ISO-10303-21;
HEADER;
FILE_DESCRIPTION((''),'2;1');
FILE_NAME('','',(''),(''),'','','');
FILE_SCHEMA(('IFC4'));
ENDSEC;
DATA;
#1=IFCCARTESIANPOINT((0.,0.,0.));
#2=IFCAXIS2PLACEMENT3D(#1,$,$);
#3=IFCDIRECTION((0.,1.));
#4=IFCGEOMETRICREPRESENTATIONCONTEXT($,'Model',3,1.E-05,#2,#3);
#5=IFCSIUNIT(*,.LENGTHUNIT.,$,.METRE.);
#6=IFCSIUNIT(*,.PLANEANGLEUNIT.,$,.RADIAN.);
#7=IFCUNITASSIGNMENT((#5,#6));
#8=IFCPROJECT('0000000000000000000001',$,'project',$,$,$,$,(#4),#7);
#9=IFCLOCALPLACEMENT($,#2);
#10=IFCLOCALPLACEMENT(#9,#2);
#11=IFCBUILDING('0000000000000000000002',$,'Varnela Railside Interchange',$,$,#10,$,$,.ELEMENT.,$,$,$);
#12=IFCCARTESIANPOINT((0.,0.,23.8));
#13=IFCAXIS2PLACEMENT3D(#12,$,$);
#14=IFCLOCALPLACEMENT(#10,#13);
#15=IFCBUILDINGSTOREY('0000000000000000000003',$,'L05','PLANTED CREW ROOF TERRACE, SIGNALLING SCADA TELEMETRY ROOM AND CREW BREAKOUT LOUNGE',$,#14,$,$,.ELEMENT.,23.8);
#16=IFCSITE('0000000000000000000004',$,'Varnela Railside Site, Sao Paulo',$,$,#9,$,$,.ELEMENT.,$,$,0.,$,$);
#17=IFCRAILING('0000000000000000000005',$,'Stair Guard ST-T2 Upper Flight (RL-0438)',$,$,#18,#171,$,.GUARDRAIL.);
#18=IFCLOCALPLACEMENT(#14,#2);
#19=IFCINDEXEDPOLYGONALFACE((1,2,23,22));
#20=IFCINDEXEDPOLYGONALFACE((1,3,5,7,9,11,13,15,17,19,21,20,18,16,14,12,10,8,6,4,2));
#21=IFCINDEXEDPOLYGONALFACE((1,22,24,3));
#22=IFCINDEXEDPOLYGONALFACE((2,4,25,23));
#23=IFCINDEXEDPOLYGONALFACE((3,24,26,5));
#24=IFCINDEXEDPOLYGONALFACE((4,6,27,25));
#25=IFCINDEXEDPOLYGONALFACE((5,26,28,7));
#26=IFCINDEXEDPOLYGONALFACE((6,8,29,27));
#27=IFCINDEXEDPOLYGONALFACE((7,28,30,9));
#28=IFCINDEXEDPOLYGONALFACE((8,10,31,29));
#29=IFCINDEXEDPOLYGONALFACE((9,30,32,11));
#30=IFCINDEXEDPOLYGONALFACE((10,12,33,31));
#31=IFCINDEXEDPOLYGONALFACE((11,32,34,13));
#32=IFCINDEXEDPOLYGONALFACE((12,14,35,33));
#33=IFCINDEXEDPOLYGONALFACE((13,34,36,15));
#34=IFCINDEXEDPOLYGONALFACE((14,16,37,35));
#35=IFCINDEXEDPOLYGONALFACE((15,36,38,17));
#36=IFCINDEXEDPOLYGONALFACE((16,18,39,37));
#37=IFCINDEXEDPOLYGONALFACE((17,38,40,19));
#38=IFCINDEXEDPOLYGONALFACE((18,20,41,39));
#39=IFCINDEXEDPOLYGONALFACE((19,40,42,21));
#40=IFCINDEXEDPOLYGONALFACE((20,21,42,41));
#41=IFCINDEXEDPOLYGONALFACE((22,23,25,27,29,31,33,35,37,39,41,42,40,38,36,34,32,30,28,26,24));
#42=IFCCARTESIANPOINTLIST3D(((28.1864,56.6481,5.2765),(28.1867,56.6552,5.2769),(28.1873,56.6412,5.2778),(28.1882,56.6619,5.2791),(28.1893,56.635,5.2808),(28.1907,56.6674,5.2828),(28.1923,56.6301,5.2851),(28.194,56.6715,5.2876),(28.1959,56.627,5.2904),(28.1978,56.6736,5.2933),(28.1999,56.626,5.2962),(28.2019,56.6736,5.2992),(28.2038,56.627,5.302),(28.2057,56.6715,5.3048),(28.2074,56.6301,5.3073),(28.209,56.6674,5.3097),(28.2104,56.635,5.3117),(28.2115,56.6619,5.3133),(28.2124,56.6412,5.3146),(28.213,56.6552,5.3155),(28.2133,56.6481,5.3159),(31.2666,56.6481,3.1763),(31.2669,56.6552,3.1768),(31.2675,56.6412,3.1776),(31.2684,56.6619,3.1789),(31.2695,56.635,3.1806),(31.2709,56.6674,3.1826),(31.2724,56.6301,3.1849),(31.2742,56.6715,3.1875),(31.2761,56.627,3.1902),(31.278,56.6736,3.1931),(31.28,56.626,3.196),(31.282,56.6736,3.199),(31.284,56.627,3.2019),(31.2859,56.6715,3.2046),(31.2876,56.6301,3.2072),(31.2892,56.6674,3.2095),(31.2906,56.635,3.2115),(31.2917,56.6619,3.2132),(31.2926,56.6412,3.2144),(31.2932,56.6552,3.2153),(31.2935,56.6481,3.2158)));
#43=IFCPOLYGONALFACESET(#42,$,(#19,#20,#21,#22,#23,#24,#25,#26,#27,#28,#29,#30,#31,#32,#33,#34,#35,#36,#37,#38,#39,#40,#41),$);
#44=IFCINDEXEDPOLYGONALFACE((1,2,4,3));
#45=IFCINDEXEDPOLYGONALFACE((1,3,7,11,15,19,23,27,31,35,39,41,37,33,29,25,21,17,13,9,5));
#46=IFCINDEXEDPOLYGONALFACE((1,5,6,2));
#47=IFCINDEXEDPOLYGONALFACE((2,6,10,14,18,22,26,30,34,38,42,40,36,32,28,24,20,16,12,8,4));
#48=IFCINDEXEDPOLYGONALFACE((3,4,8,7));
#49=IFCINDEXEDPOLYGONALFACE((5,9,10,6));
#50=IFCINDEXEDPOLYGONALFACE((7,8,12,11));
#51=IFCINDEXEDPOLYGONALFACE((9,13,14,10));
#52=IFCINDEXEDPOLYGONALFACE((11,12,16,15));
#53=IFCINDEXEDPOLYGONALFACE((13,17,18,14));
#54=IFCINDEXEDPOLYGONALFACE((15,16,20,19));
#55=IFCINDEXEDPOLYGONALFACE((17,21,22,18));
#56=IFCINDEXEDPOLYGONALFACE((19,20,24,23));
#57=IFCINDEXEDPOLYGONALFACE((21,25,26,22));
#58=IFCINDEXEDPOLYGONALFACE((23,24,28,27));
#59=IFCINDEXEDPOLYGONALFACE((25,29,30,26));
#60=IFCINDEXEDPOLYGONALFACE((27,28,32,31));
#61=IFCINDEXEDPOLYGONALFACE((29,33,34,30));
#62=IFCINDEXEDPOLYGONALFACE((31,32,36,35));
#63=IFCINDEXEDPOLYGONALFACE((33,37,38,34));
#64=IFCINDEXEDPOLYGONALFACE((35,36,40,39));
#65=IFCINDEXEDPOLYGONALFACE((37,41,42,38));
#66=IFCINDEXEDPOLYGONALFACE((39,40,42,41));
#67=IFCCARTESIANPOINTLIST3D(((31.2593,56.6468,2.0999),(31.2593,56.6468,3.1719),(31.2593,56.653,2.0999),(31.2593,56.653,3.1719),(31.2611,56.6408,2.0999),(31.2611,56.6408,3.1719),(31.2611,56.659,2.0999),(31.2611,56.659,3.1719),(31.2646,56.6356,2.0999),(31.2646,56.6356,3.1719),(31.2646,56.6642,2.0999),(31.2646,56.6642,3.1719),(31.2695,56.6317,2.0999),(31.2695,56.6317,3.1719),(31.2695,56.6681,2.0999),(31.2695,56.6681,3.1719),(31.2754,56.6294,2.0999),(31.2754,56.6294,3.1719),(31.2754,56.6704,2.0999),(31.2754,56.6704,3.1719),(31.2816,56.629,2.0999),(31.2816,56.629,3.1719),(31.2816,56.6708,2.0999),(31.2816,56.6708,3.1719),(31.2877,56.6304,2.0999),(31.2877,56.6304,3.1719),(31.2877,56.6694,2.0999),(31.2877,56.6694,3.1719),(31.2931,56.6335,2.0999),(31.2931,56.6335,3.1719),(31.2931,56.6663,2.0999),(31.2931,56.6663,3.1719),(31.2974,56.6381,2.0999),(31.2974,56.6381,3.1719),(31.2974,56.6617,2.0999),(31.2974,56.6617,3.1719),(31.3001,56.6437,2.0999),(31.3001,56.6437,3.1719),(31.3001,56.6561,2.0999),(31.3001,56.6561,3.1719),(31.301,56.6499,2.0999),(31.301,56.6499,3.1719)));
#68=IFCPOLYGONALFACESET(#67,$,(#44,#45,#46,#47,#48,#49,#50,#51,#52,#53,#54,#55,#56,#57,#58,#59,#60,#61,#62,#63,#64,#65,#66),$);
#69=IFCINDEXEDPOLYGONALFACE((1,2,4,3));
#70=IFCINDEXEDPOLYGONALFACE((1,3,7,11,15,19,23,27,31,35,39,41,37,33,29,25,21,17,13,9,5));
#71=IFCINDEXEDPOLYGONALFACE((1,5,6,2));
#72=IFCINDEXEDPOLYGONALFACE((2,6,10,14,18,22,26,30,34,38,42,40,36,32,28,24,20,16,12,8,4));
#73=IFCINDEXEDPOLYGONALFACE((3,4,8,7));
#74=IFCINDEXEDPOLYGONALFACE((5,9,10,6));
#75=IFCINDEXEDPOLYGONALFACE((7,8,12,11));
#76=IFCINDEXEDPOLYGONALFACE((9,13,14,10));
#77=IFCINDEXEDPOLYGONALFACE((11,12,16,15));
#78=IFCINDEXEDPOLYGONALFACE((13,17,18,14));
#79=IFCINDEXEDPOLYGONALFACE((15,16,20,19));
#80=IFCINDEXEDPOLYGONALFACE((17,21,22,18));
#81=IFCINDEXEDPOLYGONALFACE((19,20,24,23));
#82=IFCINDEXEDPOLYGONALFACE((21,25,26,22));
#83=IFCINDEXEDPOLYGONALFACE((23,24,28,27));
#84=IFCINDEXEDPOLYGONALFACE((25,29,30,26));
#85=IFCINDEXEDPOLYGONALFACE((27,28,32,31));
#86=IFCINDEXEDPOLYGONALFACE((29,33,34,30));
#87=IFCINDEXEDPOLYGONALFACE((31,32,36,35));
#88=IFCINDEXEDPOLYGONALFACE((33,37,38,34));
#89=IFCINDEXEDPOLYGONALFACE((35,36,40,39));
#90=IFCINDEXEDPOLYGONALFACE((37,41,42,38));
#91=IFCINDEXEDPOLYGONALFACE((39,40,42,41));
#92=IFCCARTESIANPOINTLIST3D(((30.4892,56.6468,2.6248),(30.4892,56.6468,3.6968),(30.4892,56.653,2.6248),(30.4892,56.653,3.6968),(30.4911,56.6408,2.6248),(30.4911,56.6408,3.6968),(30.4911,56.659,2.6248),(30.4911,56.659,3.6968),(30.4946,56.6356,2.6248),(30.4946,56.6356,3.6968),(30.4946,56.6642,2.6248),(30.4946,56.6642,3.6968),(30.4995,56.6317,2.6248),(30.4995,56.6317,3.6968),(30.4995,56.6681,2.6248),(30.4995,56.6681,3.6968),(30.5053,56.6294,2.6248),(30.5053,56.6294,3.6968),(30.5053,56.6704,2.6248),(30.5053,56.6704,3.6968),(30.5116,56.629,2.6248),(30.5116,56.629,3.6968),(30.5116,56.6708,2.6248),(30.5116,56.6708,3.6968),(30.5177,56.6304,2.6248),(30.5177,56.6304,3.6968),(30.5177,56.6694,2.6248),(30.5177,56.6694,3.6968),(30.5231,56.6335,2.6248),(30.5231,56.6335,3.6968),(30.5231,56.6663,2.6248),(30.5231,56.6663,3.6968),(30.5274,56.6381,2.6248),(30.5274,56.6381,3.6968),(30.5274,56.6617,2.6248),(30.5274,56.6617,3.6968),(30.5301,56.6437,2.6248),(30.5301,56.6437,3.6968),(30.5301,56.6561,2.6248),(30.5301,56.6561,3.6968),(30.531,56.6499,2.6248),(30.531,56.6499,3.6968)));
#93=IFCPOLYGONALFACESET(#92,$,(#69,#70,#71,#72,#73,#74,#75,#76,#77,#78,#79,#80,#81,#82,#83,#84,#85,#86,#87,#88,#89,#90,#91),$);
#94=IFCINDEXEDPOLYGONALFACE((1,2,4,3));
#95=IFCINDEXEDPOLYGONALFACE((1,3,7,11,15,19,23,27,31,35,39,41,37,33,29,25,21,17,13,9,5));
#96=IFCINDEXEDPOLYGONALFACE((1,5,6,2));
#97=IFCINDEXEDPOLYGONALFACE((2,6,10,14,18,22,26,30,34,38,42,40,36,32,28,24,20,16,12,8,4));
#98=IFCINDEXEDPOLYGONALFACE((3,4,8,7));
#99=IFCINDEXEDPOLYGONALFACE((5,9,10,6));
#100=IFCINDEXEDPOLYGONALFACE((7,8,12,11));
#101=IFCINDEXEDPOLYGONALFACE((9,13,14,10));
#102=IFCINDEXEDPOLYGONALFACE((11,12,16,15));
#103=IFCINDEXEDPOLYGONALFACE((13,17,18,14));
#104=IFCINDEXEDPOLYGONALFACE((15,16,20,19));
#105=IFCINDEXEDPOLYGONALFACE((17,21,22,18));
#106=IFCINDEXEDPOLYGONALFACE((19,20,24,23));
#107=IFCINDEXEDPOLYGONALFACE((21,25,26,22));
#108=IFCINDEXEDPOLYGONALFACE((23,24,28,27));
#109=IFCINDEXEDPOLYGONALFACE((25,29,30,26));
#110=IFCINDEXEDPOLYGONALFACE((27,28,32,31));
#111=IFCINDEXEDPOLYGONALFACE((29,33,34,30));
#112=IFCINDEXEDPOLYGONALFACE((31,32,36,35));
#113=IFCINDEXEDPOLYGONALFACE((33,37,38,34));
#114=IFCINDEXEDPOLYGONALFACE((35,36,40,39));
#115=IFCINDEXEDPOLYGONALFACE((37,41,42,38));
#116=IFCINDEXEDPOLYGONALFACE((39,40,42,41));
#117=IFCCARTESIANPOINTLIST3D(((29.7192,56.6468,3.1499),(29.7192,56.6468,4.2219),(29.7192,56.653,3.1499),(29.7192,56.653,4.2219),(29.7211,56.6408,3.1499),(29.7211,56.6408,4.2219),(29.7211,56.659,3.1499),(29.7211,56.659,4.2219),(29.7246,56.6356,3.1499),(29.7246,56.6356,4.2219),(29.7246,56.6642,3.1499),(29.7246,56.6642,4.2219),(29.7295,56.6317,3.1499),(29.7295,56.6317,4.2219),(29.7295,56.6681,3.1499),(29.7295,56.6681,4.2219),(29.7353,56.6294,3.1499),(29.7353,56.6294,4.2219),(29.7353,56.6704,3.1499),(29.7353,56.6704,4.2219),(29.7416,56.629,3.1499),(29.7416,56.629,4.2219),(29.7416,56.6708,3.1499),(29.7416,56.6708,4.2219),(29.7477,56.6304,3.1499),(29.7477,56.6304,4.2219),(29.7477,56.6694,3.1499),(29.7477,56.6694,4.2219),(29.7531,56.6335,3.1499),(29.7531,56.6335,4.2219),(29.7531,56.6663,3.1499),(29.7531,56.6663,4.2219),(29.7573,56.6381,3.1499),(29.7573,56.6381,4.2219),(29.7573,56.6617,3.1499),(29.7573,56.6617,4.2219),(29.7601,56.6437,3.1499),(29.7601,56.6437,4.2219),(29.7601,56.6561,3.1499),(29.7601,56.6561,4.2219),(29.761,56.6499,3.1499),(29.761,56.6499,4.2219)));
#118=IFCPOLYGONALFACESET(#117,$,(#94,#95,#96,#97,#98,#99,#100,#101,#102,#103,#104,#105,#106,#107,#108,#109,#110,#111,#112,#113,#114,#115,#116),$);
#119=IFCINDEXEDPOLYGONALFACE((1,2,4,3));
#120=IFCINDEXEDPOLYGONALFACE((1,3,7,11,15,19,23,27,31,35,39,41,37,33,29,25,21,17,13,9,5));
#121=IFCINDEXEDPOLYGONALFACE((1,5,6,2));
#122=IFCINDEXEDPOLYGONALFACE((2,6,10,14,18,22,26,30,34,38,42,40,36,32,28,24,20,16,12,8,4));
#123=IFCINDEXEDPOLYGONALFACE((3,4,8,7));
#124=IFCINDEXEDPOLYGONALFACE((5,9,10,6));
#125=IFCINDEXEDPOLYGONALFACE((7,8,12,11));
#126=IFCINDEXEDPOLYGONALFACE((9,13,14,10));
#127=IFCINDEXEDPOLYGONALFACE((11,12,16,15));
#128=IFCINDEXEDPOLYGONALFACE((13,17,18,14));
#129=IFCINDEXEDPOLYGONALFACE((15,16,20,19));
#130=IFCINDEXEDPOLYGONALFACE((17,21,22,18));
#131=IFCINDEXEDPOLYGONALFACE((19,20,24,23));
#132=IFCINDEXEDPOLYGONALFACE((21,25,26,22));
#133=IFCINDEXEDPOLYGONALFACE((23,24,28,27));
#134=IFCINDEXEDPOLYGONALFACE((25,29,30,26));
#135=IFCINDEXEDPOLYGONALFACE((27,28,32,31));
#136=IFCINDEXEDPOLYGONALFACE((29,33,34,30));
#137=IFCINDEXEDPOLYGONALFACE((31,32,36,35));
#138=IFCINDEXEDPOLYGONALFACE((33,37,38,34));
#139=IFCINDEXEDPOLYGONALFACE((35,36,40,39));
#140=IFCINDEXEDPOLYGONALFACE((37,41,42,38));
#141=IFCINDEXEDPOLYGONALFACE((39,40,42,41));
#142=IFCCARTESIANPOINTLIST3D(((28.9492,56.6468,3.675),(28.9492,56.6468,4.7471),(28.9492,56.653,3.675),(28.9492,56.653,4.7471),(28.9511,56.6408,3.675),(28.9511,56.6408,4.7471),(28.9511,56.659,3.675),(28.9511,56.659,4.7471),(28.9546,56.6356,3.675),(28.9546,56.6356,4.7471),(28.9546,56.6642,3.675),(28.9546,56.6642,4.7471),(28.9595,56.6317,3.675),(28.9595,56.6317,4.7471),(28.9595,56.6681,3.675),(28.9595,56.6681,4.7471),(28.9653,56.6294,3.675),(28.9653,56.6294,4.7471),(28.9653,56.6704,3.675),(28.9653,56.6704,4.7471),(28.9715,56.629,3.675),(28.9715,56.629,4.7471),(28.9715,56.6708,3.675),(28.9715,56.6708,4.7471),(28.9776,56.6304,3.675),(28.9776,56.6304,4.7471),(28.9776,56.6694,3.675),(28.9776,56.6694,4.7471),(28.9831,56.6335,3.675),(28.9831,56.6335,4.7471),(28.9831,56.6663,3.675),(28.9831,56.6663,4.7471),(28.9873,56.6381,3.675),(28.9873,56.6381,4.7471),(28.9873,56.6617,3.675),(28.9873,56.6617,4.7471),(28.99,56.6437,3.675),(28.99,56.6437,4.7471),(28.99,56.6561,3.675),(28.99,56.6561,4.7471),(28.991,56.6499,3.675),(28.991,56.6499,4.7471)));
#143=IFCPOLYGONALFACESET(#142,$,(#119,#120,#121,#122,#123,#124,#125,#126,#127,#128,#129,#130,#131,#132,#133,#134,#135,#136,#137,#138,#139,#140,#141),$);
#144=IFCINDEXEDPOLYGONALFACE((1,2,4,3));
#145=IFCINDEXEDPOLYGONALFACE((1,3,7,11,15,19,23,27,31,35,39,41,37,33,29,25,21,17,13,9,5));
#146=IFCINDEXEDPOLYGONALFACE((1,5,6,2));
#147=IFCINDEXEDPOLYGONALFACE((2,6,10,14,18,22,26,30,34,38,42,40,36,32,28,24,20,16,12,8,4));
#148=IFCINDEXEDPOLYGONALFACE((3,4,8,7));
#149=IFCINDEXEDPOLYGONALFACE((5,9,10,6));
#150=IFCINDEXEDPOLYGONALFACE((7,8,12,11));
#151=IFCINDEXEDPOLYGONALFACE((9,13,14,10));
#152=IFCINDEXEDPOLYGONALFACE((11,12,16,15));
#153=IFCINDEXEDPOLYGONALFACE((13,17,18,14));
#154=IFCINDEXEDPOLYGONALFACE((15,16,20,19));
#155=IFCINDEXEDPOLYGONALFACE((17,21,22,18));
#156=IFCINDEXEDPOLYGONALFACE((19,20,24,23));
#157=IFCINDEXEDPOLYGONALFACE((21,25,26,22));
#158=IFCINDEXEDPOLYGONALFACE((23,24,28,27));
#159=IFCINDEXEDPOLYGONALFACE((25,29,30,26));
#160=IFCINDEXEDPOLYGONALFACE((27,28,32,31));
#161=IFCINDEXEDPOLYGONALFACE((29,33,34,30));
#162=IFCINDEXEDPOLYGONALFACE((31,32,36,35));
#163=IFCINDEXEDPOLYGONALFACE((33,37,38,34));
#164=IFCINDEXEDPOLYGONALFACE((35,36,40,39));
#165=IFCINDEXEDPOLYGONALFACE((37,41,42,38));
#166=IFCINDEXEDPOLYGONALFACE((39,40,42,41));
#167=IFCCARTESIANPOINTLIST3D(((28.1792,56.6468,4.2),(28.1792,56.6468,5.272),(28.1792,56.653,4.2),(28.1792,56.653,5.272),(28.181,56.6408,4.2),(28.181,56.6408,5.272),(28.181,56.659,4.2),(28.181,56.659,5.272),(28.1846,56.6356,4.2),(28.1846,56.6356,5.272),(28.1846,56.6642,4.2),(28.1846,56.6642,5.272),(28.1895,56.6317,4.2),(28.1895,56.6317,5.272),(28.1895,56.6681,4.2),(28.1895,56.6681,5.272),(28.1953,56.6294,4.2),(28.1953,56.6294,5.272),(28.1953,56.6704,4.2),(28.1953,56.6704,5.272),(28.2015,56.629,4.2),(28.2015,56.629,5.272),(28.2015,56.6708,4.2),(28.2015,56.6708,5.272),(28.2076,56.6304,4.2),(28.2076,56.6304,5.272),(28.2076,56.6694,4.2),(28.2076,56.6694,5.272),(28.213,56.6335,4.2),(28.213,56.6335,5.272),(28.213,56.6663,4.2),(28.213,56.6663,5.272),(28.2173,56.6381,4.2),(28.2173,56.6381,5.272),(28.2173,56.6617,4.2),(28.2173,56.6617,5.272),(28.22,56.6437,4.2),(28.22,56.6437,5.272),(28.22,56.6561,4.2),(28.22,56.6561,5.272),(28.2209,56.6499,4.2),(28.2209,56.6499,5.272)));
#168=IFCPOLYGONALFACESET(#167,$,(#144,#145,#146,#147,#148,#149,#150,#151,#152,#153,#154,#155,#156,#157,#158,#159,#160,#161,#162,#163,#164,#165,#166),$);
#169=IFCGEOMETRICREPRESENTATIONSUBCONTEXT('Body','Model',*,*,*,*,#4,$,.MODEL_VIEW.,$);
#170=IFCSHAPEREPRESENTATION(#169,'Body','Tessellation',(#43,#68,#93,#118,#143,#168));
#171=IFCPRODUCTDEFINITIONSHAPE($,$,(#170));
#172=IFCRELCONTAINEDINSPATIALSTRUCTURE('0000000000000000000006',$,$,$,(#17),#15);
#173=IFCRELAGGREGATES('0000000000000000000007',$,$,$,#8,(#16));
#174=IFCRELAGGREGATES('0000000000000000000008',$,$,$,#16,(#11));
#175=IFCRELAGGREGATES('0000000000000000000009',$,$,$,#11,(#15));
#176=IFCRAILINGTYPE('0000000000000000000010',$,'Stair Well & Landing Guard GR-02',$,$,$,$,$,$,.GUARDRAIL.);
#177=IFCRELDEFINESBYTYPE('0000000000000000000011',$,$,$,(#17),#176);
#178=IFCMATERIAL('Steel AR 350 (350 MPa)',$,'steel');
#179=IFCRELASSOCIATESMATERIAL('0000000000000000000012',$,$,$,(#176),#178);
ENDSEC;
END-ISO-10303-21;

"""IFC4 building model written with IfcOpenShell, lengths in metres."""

from ifc_helpers import new_model, si_unit, direction, frame, origin, origin_2d, place, context, subcontext, project, spatial, circle, extrude, material, type_object, element, save


model = new_model("IFC4")

# Units and contexts
model_context = context("Model", 3, precision=1e-05, world=origin(), true_north=direction((0.0, 1.0)))
body_context = subcontext(model_context, "Body", "Model", "MODEL_VIEW")
ifc_project = project(units=[si_unit("LENGTHUNIT", "METRE"), si_unit("PLANEANGLEUNIT", "RADIAN")], contexts=[model_context])

# Site, building, storey
site_placement = place(None, origin())
site = spatial("IfcSite", under=ifc_project, at=site_placement, Name="Varnela Railside Site, Sao Paulo", CompositionType="ELEMENT", RefElevation=0.0)
building_placement = place(site_placement, origin())
building = spatial("IfcBuilding", under=site, at=building_placement, Name="Varnela Railside Interchange", CompositionType="ELEMENT")
storey_placement = place(building_placement, frame((0.0, 0.0, 23.8)))
storey = spatial("IfcBuildingStorey", under=building, at=storey_placement, Name="L05", Description="PLANTED CREW ROOF TERRACE, SIGNALLING SCADA TELEMETRY ROOM AND CREW BREAKOUT LOUNGE", CompositionType="ELEMENT", Elevation=23.8)

# Shared definitions
ifc_material_1 = material(Name="Steel AR 350 (350 MPa)", Category="steel")

# Railing
railing_type_1 = type_object("IfcRailingType", Name="Stair Well & Landing Guard GR-02", PredefinedType="GUARDRAIL", material=ifc_material_1)
railing_1_placement = place(storey_placement, frame((31.28, 56.6499, 2.0999)))
element("IfcRailing", 1, at=railing_1_placement, inside=storey, type_object=railing_type_1, Name="Stair Guard ST-T2 Upper Flight (RL-0438)", PredefinedType="GUARDRAIL", context=body_context, shape_type="SweptSolid", body=[
    extrude(circle(Radius=0.0239, at=origin_2d()), frame((0.0, 0.0, 1.0962), z_axis=(-0.826222, 0.0, 0.563345), x_axis=(0.0, -1.0, 0.0)), (0.0, 0.0, 1.0), 3.728),
    extrude(circle(Radius=0.021, at=origin_2d()), origin(), (0.0, 0.0, 1.0), 1.072),
    extrude(circle(Radius=0.021, at=origin_2d()), frame((-0.77, 0.0, 0.5249)), (0.0, 0.0, 1.0), 1.072),
    extrude(circle(Radius=0.021, at=origin_2d()), frame((-1.54, 0.0, 1.05)), (0.0, 0.0, 1.0), 1.072),
    extrude(circle(Radius=0.021, at=origin_2d()), frame((-2.3101, 0.0, 1.5752)), (0.0, 0.0, 1.0), 1.072),
    extrude(circle(Radius=0.021, at=origin_2d()), frame((-3.0801, 0.0, 2.1001)), (0.0, 0.0, 1.0), 1.072),
])

save(model, "model.ifc")
